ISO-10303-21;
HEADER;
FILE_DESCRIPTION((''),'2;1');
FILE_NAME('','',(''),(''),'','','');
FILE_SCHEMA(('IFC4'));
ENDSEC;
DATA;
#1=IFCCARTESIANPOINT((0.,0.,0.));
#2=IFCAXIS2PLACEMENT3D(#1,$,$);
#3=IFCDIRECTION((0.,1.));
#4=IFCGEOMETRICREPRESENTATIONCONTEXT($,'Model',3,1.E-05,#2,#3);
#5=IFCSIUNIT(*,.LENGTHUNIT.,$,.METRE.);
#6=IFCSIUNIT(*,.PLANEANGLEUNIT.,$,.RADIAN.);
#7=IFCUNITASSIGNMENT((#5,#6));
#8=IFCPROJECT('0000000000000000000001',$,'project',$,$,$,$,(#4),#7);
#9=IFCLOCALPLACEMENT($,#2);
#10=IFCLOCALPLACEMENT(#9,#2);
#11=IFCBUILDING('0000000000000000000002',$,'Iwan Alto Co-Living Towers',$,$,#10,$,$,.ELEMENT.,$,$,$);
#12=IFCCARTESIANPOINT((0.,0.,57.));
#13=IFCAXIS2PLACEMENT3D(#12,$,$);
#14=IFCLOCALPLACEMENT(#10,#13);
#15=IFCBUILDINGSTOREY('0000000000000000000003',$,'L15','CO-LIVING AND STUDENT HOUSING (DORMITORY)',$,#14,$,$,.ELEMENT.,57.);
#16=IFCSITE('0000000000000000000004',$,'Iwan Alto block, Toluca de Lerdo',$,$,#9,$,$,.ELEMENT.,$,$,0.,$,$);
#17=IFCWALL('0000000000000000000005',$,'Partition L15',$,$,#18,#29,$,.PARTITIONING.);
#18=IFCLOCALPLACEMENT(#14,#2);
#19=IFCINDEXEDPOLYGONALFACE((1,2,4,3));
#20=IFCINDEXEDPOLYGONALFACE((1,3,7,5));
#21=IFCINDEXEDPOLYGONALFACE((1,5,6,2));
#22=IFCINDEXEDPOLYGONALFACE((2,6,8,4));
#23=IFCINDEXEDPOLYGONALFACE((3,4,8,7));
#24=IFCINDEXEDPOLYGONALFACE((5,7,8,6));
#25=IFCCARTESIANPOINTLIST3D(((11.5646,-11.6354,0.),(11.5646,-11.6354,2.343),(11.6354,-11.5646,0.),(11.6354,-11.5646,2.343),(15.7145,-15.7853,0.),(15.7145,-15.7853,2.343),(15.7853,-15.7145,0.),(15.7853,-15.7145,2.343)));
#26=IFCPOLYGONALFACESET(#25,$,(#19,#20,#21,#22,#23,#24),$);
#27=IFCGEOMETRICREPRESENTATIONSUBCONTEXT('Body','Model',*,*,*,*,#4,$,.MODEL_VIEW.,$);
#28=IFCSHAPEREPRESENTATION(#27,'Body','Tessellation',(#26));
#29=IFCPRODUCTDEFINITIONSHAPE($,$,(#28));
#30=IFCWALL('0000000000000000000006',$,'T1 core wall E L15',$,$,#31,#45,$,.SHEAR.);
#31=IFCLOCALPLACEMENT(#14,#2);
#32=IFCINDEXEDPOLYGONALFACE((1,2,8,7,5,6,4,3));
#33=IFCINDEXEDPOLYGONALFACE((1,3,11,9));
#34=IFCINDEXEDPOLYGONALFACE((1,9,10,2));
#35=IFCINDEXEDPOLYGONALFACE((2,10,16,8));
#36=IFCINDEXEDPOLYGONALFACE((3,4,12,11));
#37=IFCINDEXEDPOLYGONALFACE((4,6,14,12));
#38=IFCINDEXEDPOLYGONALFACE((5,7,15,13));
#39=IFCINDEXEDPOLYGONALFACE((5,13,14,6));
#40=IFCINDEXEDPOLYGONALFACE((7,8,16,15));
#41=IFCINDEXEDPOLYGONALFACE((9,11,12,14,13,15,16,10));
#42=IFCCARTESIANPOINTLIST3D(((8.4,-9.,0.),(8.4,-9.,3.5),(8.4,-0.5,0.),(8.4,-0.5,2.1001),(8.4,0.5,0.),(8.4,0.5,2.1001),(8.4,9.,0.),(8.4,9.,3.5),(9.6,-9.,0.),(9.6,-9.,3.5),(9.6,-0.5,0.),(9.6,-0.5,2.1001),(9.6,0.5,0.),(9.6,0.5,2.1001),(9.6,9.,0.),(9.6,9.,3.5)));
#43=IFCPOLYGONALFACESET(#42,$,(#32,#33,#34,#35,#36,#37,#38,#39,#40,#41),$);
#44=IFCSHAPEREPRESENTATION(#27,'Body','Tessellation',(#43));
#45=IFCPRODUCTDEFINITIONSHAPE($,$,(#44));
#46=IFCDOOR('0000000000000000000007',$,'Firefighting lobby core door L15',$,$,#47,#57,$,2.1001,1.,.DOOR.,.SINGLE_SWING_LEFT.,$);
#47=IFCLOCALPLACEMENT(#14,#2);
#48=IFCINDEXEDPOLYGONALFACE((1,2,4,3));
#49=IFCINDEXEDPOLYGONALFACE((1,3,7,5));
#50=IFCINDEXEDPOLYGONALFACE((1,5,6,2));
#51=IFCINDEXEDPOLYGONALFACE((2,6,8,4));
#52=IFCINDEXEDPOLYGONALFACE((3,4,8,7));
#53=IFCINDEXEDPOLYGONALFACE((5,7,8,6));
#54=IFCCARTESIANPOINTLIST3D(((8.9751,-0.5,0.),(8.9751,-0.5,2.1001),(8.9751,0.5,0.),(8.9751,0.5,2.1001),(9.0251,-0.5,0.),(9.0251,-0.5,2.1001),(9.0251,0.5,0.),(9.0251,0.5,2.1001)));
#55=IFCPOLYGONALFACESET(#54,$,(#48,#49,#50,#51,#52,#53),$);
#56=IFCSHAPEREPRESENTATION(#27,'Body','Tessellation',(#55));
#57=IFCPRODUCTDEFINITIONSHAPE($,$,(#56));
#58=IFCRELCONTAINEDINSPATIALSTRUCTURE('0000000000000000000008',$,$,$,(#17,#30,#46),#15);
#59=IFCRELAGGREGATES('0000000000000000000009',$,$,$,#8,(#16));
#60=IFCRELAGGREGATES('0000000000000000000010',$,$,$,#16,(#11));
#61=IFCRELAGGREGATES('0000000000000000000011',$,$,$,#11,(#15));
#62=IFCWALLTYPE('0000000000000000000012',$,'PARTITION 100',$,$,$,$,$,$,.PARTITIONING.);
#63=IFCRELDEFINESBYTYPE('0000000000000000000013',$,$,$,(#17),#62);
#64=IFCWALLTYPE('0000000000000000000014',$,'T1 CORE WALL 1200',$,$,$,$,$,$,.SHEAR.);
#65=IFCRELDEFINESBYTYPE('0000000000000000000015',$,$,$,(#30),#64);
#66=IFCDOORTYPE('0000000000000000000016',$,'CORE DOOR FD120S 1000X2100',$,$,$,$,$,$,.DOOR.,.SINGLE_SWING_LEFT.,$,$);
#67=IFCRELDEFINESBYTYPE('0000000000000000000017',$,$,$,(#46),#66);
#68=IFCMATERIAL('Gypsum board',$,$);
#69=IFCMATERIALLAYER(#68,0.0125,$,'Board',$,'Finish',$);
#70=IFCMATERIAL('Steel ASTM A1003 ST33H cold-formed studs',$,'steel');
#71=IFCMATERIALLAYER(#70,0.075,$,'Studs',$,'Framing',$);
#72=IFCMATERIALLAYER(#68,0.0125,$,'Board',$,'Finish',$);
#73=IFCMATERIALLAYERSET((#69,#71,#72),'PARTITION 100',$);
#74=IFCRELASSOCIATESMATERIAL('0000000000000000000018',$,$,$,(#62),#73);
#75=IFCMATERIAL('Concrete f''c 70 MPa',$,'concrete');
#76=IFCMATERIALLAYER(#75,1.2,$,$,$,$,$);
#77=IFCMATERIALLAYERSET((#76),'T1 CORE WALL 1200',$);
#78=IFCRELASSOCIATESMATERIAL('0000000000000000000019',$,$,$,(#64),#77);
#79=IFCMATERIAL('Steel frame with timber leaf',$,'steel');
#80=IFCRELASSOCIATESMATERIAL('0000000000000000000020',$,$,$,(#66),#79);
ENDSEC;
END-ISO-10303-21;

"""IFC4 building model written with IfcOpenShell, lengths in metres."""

from ifc_helpers import new_model, si_unit, direction, frame, frame_2d, origin, place, context, subcontext, project, spatial, rectangle, extrude, material, layer, layer_set, type_object, element, fill, save


model = new_model("IFC4")

# Units and contexts
model_context = context("Model", 3, precision=1e-05, world=origin(), true_north=direction((0.0, 1.0)))
body_context = subcontext(model_context, "Body", "Model", "MODEL_VIEW")
ifc_project = project(units=[si_unit("LENGTHUNIT", "METRE"), si_unit("PLANEANGLEUNIT", "RADIAN")], contexts=[model_context])

# Site, building, storey
site_placement = place(None, origin())
site = spatial("IfcSite", under=ifc_project, at=site_placement, Name="Iwan Alto block, Toluca de Lerdo", CompositionType="ELEMENT", RefElevation=0.0)
building_placement = place(site_placement, origin())
building = spatial("IfcBuilding", under=site, at=building_placement, Name="Iwan Alto Co-Living Towers", CompositionType="ELEMENT")
storey_placement = place(building_placement, frame((0.0, 0.0, 57.0)))
storey = spatial("IfcBuildingStorey", under=building, at=storey_placement, Name="L15", Description="CO-LIVING AND STUDENT HOUSING (DORMITORY)", CompositionType="ELEMENT", Elevation=57.0)

# Shared definitions
ifc_material_1 = material(Name="Gypsum board")
ifc_material_2 = material(Name="Steel ASTM A1003 ST33H cold-formed studs", Category="steel")

# Shared definitions
ifc_layer_1 = layer(ifc_material_1, 0.0125, Name="Board", Category="Finish")
ifc_layer_2 = layer(ifc_material_2, 0.075, Name="Studs", Category="Framing")
ifc_layer_3 = layer(ifc_material_1, 0.0125, Name="Board", Category="Finish")
ifc_layer_set_1 = layer_set([ifc_layer_1, ifc_layer_2, ifc_layer_3], Name="PARTITION 100")
wall_type_1 = type_object("IfcWallType", Name="PARTITION 100", PredefinedType="PARTITIONING", material=ifc_layer_set_1)

# Wall
wall_1_placement = place(storey_placement, frame((15.75, -15.75, 0.0), z_axis=(0.0, 0.0, 1.0), x_axis=(-0.707107, 0.707107, 0.0)))
element("IfcWall", 1, at=wall_1_placement, inside=storey, type_object=wall_type_1, Name="Partition L15", PredefinedType="PARTITIONING", context=body_context, shape_type="SweptSolid", body=[
    extrude(rectangle(XDim=5.8689, YDim=0.1001, at=frame_2d((2.9346, 0.0))), origin(), (0.0, 0.0, 1.0), 2.343),
])

# Wall, opening, door
ifc_material_3 = material(Name="Concrete f'c 70 MPa", Category="concrete")
ifc_layer_4 = layer(ifc_material_3, 1.2)
ifc_layer_set_2 = layer_set([ifc_layer_4], Name="T1 CORE WALL 1200")
wall_type_2 = type_object("IfcWallType", Name="T1 CORE WALL 1200", PredefinedType="SHEAR", material=ifc_layer_set_2)
wall_2_placement = place(storey_placement, frame((9.0, -9.0, 0.0), z_axis=(0.0, 0.0, 1.0), x_axis=(0.0, 1.0, 0.0)))
wall_2 = element("IfcWall", 2, at=wall_2_placement, inside=storey, type_object=wall_type_2, Name="T1 core wall E L15", PredefinedType="SHEAR", context=body_context, shape_type="SweptSolid", body=[
    extrude(rectangle(XDim=18.0, YDim=1.2, at=frame_2d((9.0, 0.0))), origin(), (0.0, 0.0, 1.0), 3.5),
])
opening_1_placement = place(wall_2_placement, frame((8.5, 0.0, 0.0)))
opening_1 = element("IfcOpeningElement", 3, at=opening_1_placement, cuts=wall_2, PredefinedType="OPENING", context=body_context, shape_type="SweptSolid", body=[
    extrude(rectangle(XDim=1.0, YDim=2.1001, at=frame_2d((0.5, 1.05))), frame((0.0, 0.6099, 0.0), z_axis=(0.0, -1.0, 0.0), x_axis=(1.0, 0.0, 0.0)), (0.0, 0.0, 1.0), 1.22),
])
ifc_material_4 = material(Name="Steel frame with timber leaf", Category="steel")
door_type_1 = type_object("IfcDoorType", Name="CORE DOOR FD120S 1000X2100", OperationType="SINGLE_SWING_LEFT", PredefinedType="DOOR", material=ifc_material_4)
door_1_placement = place(opening_1_placement, origin())
door_1 = element("IfcDoor", 4, at=door_1_placement, inside=storey, type_object=door_type_1, Name="Firefighting lobby core door L15", OperationType="SINGLE_SWING_LEFT", OverallHeight=2.1001, OverallWidth=1.0, PredefinedType="DOOR", context=body_context, shape_type="SweptSolid", body=[
    extrude(rectangle(XDim=1.0, YDim=2.1001, at=frame_2d((0.5, 1.05))), frame((0.0, 0.0249, 0.0), z_axis=(0.0, -1.0, 0.0), x_axis=(1.0, 0.0, 0.0)), (0.0, 0.0, 1.0), 0.05),
])
fill(opening_1, door_1)

save(model, "model.ifc")
